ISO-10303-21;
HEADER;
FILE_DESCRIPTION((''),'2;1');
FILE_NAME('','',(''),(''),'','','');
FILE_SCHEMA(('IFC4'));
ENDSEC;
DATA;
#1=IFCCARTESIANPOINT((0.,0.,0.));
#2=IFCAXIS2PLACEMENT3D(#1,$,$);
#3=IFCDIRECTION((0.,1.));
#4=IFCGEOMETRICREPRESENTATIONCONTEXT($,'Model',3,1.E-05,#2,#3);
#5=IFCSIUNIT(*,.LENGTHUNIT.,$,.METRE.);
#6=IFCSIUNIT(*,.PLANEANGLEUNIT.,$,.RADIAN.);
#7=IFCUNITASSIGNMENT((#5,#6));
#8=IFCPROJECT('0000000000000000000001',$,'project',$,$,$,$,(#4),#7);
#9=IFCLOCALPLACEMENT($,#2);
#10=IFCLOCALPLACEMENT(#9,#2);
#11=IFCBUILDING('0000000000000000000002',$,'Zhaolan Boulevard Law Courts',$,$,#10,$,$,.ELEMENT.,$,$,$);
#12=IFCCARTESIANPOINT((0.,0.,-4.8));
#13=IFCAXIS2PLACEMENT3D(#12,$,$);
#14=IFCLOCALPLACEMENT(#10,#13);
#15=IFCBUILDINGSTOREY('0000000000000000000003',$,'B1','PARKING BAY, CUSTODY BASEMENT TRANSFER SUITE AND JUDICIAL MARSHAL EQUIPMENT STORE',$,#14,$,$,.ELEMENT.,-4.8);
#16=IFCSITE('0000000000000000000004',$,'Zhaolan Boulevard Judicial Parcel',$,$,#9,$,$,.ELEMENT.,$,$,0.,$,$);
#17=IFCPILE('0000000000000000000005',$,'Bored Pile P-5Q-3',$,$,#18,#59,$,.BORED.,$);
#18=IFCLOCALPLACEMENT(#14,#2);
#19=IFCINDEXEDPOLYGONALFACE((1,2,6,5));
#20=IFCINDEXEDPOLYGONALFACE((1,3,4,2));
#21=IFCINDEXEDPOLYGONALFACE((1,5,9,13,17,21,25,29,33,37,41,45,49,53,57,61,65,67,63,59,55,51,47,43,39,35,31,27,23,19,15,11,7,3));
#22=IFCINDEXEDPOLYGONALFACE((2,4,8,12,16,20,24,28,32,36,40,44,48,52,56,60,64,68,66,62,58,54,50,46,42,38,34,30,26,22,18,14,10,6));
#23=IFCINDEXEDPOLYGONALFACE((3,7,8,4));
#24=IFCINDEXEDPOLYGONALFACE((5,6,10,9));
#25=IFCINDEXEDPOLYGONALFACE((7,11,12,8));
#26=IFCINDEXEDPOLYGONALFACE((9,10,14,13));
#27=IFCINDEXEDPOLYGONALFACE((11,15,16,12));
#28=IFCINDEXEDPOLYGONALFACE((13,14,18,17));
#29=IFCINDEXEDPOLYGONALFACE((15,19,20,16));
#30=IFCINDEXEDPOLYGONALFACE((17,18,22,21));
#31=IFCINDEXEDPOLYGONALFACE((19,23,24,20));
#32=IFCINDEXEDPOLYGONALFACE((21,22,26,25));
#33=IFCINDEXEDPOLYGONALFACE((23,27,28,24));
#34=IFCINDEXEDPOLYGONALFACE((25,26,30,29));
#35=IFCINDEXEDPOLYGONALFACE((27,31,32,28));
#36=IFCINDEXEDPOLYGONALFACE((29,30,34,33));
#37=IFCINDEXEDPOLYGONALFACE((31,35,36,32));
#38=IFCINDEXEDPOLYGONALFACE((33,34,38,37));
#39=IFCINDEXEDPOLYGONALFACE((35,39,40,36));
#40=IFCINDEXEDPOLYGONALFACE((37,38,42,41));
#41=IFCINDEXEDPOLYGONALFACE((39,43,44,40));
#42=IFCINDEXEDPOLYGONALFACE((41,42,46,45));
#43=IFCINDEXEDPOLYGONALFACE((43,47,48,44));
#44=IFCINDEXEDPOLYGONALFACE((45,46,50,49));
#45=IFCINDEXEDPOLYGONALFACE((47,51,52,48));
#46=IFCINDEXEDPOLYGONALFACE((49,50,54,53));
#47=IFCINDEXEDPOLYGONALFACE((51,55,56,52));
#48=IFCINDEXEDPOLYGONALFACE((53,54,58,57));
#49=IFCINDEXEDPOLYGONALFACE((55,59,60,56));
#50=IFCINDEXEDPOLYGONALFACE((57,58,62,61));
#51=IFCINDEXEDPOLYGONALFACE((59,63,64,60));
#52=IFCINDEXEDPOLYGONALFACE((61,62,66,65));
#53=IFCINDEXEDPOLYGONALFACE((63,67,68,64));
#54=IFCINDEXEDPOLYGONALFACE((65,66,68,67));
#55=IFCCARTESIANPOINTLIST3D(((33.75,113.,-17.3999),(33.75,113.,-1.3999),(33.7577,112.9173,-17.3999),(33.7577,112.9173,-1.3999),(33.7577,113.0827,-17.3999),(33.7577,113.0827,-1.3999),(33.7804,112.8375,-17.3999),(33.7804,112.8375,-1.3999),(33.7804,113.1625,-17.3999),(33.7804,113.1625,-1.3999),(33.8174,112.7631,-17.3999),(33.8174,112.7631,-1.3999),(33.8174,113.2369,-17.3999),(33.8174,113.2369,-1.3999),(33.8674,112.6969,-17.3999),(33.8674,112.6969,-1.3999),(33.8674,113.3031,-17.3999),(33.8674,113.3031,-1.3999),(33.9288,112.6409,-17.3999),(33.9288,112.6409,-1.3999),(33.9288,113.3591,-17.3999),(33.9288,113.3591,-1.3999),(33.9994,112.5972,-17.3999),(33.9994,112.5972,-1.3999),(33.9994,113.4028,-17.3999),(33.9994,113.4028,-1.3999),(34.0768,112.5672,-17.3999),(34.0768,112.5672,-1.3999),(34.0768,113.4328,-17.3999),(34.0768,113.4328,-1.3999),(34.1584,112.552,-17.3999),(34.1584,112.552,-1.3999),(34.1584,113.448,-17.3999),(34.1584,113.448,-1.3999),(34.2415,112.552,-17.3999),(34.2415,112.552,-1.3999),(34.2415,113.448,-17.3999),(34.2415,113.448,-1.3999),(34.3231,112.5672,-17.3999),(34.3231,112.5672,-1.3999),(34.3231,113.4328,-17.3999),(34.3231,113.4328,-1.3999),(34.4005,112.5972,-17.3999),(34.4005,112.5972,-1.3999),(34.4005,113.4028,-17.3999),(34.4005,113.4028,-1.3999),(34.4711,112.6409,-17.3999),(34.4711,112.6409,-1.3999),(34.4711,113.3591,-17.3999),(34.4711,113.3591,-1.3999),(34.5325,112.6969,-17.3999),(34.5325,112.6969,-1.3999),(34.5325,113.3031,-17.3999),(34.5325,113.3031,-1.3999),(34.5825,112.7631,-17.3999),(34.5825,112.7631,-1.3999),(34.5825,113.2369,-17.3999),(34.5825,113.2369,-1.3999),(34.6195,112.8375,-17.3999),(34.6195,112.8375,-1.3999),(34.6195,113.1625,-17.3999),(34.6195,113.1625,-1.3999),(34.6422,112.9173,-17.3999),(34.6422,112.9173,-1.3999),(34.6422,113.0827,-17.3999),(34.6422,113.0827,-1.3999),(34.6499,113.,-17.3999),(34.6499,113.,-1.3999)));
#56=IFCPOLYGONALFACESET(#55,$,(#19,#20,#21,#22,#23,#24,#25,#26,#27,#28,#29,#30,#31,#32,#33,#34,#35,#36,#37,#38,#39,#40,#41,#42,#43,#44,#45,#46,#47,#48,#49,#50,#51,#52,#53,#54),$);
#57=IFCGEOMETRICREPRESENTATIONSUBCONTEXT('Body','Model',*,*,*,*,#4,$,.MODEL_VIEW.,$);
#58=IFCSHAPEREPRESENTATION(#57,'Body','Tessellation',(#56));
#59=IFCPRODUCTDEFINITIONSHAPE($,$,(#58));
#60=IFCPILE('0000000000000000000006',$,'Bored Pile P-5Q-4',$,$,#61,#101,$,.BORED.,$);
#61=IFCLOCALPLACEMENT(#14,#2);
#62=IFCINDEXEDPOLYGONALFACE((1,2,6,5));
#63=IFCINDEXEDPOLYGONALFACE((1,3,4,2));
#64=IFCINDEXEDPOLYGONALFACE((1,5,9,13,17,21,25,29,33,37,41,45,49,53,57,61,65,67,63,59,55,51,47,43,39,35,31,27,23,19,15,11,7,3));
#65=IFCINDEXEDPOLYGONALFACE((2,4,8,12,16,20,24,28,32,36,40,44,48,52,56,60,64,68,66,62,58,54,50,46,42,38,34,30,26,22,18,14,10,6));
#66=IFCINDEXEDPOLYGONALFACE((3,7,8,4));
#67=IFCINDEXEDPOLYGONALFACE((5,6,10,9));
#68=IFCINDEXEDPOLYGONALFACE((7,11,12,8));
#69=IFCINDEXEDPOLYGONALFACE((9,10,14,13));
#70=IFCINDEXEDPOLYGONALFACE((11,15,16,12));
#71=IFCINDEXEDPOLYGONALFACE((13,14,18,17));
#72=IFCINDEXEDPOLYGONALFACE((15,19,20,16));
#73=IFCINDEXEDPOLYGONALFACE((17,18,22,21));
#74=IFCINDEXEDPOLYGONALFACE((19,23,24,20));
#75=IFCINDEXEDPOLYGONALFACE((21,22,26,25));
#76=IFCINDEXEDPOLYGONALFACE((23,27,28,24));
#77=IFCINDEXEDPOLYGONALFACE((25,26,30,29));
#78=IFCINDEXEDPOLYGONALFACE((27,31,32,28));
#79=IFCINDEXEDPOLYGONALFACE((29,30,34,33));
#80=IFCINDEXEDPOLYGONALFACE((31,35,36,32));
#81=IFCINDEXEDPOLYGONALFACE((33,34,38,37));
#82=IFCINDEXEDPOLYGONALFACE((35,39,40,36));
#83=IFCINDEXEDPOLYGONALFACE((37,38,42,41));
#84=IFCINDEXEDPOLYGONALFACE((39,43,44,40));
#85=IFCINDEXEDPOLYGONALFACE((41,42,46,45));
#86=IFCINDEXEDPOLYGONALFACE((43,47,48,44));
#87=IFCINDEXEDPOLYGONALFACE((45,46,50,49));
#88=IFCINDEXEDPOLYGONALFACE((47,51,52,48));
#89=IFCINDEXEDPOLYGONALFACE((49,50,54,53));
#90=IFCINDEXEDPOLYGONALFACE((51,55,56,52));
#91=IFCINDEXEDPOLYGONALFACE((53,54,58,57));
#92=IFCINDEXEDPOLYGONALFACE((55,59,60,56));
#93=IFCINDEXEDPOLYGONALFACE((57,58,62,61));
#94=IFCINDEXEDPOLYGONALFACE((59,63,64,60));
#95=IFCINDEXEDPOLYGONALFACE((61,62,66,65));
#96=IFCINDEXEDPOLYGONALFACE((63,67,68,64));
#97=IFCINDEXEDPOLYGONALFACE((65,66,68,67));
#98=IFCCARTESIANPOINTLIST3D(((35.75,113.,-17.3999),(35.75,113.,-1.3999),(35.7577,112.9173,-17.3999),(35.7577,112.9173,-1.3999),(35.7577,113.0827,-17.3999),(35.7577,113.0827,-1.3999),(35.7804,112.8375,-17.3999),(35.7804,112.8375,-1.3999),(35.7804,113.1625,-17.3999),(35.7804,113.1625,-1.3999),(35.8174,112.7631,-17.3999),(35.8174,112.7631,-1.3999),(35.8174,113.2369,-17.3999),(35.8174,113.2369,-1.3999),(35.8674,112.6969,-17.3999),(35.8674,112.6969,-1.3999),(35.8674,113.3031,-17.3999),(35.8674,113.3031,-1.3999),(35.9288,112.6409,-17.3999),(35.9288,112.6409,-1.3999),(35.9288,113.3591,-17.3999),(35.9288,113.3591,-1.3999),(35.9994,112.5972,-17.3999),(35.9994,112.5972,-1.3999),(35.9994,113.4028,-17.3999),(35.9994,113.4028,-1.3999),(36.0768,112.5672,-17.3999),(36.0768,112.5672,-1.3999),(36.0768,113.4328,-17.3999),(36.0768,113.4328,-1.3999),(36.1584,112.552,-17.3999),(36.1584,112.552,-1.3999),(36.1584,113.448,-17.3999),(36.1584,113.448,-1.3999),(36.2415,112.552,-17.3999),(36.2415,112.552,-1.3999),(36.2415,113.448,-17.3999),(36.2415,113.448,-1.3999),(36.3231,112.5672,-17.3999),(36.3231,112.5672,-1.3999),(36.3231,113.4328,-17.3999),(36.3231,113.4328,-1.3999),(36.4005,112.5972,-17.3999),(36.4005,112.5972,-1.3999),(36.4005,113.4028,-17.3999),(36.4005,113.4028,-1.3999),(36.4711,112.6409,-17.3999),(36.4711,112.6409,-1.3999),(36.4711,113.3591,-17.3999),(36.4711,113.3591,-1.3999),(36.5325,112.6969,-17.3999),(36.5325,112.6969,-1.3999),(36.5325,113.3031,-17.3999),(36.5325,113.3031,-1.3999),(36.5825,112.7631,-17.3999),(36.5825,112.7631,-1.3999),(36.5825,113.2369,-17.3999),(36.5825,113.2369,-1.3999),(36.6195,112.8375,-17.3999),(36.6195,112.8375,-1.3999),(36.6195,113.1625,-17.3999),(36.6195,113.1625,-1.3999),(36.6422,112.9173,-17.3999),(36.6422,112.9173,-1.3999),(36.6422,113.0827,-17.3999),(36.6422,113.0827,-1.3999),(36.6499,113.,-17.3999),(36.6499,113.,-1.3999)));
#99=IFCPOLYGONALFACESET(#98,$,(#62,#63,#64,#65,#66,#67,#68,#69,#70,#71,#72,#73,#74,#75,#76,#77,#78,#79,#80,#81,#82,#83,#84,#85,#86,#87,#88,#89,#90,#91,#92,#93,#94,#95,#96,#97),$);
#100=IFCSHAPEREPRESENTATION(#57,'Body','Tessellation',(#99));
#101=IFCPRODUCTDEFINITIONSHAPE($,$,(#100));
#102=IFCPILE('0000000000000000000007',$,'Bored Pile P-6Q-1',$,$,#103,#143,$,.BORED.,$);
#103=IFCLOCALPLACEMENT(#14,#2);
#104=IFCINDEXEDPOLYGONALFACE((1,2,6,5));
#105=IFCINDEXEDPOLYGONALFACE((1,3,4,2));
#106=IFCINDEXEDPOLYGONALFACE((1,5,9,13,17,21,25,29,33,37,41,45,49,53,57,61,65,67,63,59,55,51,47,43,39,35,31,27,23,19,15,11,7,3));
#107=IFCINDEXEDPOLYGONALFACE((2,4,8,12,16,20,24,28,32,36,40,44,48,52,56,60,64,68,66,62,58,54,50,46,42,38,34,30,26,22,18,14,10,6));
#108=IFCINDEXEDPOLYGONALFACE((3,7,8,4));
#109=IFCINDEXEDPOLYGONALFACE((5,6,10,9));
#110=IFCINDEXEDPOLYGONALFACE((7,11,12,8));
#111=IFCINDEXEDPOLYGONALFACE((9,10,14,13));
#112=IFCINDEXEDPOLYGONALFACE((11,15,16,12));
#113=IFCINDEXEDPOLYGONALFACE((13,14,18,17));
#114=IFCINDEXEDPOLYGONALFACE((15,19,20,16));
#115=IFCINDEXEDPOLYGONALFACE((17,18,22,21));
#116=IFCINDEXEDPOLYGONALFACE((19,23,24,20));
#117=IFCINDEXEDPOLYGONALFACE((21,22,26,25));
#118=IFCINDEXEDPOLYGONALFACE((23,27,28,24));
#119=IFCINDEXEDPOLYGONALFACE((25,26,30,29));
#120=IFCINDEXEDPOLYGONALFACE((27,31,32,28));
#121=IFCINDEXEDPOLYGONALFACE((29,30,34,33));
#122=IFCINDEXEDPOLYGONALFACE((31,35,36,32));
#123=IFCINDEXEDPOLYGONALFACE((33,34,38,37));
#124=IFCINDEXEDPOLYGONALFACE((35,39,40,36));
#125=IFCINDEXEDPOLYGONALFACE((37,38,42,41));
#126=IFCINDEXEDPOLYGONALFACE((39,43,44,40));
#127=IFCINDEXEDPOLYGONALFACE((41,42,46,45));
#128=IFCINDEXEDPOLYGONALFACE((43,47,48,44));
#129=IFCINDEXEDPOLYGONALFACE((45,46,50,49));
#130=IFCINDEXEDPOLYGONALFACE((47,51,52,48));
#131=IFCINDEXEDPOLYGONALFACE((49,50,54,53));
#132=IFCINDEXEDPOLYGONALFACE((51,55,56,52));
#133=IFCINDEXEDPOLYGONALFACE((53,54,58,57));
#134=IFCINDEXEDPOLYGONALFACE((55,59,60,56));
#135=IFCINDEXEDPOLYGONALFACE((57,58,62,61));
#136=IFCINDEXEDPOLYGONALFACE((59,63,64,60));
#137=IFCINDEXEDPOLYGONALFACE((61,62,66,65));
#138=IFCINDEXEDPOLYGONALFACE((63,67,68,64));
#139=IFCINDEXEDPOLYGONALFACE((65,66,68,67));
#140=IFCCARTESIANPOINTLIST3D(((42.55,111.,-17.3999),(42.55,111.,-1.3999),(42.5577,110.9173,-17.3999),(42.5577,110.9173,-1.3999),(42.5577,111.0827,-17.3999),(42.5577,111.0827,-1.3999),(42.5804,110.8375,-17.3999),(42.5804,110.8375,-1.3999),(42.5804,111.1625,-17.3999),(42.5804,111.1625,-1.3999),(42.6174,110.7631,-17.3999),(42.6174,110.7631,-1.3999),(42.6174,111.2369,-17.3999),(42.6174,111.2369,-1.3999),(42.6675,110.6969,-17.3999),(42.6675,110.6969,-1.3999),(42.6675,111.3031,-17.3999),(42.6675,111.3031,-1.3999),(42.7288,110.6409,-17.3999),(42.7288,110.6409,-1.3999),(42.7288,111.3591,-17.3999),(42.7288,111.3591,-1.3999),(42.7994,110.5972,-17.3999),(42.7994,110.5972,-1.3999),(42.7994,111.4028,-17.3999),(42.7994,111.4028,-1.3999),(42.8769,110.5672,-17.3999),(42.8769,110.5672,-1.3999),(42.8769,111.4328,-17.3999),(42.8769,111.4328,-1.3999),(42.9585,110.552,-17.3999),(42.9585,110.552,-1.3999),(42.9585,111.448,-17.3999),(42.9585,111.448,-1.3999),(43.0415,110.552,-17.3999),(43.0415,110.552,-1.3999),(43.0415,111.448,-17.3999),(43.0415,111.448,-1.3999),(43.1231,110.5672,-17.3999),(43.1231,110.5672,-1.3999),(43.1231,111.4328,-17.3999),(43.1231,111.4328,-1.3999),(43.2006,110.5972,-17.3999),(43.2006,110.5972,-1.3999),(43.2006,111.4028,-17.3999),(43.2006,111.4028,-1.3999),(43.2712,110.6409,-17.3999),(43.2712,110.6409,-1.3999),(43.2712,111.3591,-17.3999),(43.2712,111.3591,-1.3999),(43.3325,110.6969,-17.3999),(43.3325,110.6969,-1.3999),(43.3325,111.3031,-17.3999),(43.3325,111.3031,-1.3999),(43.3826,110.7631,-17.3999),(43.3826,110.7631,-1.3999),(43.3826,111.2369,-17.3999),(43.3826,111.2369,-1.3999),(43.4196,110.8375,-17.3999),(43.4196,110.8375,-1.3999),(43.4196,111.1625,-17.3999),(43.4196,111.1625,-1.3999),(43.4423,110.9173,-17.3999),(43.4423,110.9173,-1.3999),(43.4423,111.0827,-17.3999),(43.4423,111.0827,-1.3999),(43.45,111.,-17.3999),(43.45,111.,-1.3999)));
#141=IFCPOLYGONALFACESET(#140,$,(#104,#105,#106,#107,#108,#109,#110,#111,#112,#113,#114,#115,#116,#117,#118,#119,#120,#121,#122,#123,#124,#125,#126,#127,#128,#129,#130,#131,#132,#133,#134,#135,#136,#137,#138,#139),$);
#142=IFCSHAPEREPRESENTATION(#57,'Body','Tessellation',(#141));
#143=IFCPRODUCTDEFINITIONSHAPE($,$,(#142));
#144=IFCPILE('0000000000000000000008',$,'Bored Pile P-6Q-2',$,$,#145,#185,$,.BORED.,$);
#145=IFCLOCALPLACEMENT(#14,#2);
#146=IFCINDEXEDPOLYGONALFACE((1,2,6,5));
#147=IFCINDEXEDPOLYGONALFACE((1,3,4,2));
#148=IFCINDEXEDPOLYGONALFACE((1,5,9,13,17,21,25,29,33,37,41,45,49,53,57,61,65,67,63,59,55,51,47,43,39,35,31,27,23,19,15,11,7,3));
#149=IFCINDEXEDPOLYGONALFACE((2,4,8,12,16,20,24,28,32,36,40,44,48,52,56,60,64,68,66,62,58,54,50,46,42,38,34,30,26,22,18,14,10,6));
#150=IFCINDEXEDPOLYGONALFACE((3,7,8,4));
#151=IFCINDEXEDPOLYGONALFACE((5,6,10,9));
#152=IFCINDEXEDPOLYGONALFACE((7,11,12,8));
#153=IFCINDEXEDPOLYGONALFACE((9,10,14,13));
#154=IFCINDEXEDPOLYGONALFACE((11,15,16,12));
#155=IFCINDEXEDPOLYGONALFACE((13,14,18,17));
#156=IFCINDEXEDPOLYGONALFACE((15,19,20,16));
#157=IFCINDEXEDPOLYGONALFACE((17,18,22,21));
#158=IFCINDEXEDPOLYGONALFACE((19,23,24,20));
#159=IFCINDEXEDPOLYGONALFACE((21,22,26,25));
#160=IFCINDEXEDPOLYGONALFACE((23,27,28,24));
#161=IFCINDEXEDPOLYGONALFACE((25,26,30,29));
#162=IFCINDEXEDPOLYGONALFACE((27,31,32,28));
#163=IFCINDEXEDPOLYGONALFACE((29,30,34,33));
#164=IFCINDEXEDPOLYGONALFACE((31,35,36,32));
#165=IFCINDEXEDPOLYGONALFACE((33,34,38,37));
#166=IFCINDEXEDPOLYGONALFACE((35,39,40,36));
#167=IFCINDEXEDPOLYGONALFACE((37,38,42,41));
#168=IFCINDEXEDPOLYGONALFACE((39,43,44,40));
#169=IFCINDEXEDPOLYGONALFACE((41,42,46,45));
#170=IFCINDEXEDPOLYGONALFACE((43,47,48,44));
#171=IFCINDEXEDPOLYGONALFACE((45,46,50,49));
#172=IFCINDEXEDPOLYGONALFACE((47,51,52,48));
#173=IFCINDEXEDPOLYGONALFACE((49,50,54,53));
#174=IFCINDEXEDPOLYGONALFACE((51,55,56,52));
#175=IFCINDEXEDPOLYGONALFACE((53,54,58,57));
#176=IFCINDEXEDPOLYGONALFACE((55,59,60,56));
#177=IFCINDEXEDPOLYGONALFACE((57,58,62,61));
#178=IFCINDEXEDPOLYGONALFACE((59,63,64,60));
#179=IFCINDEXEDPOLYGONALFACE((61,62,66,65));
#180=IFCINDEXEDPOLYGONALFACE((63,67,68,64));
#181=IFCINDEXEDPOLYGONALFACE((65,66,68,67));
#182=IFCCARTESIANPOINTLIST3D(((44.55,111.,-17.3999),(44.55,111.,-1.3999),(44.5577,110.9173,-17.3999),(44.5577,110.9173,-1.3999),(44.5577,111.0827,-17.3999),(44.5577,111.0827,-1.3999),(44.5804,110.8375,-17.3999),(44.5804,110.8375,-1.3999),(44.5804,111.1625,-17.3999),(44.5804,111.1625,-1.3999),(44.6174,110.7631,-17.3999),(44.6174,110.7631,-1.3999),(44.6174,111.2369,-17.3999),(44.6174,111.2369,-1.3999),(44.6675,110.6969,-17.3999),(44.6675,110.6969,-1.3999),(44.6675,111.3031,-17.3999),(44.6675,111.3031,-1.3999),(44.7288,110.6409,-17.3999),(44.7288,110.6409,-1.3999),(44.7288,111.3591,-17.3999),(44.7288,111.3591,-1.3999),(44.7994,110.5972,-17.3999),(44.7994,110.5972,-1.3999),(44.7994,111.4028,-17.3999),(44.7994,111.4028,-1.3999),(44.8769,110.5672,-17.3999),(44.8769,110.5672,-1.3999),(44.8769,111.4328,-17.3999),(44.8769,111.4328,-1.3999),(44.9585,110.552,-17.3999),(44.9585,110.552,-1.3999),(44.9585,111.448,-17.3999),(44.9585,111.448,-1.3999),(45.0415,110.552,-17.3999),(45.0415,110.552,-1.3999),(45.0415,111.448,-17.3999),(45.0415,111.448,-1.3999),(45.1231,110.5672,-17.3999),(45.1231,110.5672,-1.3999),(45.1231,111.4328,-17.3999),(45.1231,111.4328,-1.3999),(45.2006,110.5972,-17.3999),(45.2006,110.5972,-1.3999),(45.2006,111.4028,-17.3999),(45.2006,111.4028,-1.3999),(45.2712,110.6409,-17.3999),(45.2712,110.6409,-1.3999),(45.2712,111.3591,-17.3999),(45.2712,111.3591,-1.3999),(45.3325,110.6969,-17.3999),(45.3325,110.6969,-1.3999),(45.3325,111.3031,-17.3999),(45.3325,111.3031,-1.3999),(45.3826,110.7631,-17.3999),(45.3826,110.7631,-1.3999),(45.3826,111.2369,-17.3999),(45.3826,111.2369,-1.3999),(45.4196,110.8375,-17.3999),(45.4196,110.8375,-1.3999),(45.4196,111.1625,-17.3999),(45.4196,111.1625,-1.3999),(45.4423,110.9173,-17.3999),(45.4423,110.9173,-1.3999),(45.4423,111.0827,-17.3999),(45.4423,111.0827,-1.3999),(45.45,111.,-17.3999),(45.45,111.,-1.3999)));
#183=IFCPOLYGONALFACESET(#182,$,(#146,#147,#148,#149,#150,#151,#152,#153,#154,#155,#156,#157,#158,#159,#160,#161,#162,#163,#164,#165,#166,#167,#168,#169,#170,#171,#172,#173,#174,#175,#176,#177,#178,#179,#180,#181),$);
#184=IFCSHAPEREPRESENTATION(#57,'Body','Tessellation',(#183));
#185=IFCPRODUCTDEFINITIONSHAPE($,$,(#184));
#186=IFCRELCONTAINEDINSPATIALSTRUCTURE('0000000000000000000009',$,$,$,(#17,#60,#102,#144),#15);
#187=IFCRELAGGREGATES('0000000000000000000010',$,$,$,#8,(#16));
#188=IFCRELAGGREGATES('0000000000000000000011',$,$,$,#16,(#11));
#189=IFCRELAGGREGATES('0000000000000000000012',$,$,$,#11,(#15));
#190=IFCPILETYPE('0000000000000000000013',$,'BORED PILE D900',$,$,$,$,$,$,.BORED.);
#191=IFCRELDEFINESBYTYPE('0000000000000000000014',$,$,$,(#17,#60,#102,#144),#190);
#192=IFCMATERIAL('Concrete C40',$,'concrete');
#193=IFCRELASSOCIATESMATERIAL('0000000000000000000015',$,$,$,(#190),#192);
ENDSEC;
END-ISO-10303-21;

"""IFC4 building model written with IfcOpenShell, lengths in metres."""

from ifc_helpers import new_model, si_unit, direction, frame, origin, origin_2d, place, context, subcontext, project, spatial, circle, extrude, material, material_profile, profile_set, type_object, element, save


model = new_model("IFC4")

# Units and contexts
model_context = context("Model", 3, precision=1e-05, world=origin(), true_north=direction((0.0, 1.0)))
body_context = subcontext(model_context, "Body", "Model", "MODEL_VIEW")
ifc_project = project(units=[si_unit("LENGTHUNIT", "METRE"), si_unit("PLANEANGLEUNIT", "RADIAN")], contexts=[model_context])

# Site, building, storey
site_placement = place(None, origin())
site = spatial("IfcSite", under=ifc_project, at=site_placement, Name="Zhaolan Boulevard Judicial Parcel", CompositionType="ELEMENT", RefElevation=0.0)
building_placement = place(site_placement, origin())
building = spatial("IfcBuilding", under=site, at=building_placement, Name="Zhaolan Boulevard Law Courts", CompositionType="ELEMENT")
storey_placement = place(building_placement, frame((0.0, 0.0, -4.8)))
storey = spatial("IfcBuildingStorey", under=building, at=storey_placement, Name="B1", Description="PARKING BAY, CUSTODY BASEMENT TRANSFER SUITE AND JUDICIAL MARSHAL EQUIPMENT STORE", CompositionType="ELEMENT", Elevation=-4.8)

# Piles
ifc_material_1 = material(Name="Concrete C40", Category="concrete")
ifc_material_profile_1 = material_profile(ifc_material_1, circle(Radius=0.45, at=origin_2d()), Name="PILE-D900")
ifc_profile_set_1 = profile_set([ifc_material_profile_1], Name="Concrete C40")
pile_type_1 = type_object("IfcPileType", Name="BORED PILE D900", PredefinedType="BORED", material=ifc_profile_set_1)
for number, where, z_axis, x_axis, name in (
    (1, (34.2, 113.0, -1.3999), (0.0, 0.0, -1.0), (1.0, 0.0, 0.0), "Bored Pile P-5Q-3"),
    (2, (36.2, 113.0, -1.3999), (0.0, 0.0, -1.0), (1.0, 0.0, 0.0), "Bored Pile P-5Q-4"),
    (3, (43.0, 111.0, -1.3999), (0.0, 0.0, -1.0), (1.0, 0.0, 0.0), "Bored Pile P-6Q-1"),
    (4, (45.0, 111.0, -1.3999), (0.0, 0.0, -1.0), (1.0, 0.0, 0.0), "Bored Pile P-6Q-2"),
):
    element("IfcPile", number, at=place(storey_placement, frame(where, z_axis=z_axis, x_axis=x_axis)), inside=storey, type_object=pile_type_1, Name=name, PredefinedType="BORED", context=body_context, shape_type="SweptSolid", body=[
        extrude(circle(Radius=0.45, at=origin_2d()), origin(), (0.0, 0.0, 1.0), 16.0),
    ])

save(model, "model.ifc")
